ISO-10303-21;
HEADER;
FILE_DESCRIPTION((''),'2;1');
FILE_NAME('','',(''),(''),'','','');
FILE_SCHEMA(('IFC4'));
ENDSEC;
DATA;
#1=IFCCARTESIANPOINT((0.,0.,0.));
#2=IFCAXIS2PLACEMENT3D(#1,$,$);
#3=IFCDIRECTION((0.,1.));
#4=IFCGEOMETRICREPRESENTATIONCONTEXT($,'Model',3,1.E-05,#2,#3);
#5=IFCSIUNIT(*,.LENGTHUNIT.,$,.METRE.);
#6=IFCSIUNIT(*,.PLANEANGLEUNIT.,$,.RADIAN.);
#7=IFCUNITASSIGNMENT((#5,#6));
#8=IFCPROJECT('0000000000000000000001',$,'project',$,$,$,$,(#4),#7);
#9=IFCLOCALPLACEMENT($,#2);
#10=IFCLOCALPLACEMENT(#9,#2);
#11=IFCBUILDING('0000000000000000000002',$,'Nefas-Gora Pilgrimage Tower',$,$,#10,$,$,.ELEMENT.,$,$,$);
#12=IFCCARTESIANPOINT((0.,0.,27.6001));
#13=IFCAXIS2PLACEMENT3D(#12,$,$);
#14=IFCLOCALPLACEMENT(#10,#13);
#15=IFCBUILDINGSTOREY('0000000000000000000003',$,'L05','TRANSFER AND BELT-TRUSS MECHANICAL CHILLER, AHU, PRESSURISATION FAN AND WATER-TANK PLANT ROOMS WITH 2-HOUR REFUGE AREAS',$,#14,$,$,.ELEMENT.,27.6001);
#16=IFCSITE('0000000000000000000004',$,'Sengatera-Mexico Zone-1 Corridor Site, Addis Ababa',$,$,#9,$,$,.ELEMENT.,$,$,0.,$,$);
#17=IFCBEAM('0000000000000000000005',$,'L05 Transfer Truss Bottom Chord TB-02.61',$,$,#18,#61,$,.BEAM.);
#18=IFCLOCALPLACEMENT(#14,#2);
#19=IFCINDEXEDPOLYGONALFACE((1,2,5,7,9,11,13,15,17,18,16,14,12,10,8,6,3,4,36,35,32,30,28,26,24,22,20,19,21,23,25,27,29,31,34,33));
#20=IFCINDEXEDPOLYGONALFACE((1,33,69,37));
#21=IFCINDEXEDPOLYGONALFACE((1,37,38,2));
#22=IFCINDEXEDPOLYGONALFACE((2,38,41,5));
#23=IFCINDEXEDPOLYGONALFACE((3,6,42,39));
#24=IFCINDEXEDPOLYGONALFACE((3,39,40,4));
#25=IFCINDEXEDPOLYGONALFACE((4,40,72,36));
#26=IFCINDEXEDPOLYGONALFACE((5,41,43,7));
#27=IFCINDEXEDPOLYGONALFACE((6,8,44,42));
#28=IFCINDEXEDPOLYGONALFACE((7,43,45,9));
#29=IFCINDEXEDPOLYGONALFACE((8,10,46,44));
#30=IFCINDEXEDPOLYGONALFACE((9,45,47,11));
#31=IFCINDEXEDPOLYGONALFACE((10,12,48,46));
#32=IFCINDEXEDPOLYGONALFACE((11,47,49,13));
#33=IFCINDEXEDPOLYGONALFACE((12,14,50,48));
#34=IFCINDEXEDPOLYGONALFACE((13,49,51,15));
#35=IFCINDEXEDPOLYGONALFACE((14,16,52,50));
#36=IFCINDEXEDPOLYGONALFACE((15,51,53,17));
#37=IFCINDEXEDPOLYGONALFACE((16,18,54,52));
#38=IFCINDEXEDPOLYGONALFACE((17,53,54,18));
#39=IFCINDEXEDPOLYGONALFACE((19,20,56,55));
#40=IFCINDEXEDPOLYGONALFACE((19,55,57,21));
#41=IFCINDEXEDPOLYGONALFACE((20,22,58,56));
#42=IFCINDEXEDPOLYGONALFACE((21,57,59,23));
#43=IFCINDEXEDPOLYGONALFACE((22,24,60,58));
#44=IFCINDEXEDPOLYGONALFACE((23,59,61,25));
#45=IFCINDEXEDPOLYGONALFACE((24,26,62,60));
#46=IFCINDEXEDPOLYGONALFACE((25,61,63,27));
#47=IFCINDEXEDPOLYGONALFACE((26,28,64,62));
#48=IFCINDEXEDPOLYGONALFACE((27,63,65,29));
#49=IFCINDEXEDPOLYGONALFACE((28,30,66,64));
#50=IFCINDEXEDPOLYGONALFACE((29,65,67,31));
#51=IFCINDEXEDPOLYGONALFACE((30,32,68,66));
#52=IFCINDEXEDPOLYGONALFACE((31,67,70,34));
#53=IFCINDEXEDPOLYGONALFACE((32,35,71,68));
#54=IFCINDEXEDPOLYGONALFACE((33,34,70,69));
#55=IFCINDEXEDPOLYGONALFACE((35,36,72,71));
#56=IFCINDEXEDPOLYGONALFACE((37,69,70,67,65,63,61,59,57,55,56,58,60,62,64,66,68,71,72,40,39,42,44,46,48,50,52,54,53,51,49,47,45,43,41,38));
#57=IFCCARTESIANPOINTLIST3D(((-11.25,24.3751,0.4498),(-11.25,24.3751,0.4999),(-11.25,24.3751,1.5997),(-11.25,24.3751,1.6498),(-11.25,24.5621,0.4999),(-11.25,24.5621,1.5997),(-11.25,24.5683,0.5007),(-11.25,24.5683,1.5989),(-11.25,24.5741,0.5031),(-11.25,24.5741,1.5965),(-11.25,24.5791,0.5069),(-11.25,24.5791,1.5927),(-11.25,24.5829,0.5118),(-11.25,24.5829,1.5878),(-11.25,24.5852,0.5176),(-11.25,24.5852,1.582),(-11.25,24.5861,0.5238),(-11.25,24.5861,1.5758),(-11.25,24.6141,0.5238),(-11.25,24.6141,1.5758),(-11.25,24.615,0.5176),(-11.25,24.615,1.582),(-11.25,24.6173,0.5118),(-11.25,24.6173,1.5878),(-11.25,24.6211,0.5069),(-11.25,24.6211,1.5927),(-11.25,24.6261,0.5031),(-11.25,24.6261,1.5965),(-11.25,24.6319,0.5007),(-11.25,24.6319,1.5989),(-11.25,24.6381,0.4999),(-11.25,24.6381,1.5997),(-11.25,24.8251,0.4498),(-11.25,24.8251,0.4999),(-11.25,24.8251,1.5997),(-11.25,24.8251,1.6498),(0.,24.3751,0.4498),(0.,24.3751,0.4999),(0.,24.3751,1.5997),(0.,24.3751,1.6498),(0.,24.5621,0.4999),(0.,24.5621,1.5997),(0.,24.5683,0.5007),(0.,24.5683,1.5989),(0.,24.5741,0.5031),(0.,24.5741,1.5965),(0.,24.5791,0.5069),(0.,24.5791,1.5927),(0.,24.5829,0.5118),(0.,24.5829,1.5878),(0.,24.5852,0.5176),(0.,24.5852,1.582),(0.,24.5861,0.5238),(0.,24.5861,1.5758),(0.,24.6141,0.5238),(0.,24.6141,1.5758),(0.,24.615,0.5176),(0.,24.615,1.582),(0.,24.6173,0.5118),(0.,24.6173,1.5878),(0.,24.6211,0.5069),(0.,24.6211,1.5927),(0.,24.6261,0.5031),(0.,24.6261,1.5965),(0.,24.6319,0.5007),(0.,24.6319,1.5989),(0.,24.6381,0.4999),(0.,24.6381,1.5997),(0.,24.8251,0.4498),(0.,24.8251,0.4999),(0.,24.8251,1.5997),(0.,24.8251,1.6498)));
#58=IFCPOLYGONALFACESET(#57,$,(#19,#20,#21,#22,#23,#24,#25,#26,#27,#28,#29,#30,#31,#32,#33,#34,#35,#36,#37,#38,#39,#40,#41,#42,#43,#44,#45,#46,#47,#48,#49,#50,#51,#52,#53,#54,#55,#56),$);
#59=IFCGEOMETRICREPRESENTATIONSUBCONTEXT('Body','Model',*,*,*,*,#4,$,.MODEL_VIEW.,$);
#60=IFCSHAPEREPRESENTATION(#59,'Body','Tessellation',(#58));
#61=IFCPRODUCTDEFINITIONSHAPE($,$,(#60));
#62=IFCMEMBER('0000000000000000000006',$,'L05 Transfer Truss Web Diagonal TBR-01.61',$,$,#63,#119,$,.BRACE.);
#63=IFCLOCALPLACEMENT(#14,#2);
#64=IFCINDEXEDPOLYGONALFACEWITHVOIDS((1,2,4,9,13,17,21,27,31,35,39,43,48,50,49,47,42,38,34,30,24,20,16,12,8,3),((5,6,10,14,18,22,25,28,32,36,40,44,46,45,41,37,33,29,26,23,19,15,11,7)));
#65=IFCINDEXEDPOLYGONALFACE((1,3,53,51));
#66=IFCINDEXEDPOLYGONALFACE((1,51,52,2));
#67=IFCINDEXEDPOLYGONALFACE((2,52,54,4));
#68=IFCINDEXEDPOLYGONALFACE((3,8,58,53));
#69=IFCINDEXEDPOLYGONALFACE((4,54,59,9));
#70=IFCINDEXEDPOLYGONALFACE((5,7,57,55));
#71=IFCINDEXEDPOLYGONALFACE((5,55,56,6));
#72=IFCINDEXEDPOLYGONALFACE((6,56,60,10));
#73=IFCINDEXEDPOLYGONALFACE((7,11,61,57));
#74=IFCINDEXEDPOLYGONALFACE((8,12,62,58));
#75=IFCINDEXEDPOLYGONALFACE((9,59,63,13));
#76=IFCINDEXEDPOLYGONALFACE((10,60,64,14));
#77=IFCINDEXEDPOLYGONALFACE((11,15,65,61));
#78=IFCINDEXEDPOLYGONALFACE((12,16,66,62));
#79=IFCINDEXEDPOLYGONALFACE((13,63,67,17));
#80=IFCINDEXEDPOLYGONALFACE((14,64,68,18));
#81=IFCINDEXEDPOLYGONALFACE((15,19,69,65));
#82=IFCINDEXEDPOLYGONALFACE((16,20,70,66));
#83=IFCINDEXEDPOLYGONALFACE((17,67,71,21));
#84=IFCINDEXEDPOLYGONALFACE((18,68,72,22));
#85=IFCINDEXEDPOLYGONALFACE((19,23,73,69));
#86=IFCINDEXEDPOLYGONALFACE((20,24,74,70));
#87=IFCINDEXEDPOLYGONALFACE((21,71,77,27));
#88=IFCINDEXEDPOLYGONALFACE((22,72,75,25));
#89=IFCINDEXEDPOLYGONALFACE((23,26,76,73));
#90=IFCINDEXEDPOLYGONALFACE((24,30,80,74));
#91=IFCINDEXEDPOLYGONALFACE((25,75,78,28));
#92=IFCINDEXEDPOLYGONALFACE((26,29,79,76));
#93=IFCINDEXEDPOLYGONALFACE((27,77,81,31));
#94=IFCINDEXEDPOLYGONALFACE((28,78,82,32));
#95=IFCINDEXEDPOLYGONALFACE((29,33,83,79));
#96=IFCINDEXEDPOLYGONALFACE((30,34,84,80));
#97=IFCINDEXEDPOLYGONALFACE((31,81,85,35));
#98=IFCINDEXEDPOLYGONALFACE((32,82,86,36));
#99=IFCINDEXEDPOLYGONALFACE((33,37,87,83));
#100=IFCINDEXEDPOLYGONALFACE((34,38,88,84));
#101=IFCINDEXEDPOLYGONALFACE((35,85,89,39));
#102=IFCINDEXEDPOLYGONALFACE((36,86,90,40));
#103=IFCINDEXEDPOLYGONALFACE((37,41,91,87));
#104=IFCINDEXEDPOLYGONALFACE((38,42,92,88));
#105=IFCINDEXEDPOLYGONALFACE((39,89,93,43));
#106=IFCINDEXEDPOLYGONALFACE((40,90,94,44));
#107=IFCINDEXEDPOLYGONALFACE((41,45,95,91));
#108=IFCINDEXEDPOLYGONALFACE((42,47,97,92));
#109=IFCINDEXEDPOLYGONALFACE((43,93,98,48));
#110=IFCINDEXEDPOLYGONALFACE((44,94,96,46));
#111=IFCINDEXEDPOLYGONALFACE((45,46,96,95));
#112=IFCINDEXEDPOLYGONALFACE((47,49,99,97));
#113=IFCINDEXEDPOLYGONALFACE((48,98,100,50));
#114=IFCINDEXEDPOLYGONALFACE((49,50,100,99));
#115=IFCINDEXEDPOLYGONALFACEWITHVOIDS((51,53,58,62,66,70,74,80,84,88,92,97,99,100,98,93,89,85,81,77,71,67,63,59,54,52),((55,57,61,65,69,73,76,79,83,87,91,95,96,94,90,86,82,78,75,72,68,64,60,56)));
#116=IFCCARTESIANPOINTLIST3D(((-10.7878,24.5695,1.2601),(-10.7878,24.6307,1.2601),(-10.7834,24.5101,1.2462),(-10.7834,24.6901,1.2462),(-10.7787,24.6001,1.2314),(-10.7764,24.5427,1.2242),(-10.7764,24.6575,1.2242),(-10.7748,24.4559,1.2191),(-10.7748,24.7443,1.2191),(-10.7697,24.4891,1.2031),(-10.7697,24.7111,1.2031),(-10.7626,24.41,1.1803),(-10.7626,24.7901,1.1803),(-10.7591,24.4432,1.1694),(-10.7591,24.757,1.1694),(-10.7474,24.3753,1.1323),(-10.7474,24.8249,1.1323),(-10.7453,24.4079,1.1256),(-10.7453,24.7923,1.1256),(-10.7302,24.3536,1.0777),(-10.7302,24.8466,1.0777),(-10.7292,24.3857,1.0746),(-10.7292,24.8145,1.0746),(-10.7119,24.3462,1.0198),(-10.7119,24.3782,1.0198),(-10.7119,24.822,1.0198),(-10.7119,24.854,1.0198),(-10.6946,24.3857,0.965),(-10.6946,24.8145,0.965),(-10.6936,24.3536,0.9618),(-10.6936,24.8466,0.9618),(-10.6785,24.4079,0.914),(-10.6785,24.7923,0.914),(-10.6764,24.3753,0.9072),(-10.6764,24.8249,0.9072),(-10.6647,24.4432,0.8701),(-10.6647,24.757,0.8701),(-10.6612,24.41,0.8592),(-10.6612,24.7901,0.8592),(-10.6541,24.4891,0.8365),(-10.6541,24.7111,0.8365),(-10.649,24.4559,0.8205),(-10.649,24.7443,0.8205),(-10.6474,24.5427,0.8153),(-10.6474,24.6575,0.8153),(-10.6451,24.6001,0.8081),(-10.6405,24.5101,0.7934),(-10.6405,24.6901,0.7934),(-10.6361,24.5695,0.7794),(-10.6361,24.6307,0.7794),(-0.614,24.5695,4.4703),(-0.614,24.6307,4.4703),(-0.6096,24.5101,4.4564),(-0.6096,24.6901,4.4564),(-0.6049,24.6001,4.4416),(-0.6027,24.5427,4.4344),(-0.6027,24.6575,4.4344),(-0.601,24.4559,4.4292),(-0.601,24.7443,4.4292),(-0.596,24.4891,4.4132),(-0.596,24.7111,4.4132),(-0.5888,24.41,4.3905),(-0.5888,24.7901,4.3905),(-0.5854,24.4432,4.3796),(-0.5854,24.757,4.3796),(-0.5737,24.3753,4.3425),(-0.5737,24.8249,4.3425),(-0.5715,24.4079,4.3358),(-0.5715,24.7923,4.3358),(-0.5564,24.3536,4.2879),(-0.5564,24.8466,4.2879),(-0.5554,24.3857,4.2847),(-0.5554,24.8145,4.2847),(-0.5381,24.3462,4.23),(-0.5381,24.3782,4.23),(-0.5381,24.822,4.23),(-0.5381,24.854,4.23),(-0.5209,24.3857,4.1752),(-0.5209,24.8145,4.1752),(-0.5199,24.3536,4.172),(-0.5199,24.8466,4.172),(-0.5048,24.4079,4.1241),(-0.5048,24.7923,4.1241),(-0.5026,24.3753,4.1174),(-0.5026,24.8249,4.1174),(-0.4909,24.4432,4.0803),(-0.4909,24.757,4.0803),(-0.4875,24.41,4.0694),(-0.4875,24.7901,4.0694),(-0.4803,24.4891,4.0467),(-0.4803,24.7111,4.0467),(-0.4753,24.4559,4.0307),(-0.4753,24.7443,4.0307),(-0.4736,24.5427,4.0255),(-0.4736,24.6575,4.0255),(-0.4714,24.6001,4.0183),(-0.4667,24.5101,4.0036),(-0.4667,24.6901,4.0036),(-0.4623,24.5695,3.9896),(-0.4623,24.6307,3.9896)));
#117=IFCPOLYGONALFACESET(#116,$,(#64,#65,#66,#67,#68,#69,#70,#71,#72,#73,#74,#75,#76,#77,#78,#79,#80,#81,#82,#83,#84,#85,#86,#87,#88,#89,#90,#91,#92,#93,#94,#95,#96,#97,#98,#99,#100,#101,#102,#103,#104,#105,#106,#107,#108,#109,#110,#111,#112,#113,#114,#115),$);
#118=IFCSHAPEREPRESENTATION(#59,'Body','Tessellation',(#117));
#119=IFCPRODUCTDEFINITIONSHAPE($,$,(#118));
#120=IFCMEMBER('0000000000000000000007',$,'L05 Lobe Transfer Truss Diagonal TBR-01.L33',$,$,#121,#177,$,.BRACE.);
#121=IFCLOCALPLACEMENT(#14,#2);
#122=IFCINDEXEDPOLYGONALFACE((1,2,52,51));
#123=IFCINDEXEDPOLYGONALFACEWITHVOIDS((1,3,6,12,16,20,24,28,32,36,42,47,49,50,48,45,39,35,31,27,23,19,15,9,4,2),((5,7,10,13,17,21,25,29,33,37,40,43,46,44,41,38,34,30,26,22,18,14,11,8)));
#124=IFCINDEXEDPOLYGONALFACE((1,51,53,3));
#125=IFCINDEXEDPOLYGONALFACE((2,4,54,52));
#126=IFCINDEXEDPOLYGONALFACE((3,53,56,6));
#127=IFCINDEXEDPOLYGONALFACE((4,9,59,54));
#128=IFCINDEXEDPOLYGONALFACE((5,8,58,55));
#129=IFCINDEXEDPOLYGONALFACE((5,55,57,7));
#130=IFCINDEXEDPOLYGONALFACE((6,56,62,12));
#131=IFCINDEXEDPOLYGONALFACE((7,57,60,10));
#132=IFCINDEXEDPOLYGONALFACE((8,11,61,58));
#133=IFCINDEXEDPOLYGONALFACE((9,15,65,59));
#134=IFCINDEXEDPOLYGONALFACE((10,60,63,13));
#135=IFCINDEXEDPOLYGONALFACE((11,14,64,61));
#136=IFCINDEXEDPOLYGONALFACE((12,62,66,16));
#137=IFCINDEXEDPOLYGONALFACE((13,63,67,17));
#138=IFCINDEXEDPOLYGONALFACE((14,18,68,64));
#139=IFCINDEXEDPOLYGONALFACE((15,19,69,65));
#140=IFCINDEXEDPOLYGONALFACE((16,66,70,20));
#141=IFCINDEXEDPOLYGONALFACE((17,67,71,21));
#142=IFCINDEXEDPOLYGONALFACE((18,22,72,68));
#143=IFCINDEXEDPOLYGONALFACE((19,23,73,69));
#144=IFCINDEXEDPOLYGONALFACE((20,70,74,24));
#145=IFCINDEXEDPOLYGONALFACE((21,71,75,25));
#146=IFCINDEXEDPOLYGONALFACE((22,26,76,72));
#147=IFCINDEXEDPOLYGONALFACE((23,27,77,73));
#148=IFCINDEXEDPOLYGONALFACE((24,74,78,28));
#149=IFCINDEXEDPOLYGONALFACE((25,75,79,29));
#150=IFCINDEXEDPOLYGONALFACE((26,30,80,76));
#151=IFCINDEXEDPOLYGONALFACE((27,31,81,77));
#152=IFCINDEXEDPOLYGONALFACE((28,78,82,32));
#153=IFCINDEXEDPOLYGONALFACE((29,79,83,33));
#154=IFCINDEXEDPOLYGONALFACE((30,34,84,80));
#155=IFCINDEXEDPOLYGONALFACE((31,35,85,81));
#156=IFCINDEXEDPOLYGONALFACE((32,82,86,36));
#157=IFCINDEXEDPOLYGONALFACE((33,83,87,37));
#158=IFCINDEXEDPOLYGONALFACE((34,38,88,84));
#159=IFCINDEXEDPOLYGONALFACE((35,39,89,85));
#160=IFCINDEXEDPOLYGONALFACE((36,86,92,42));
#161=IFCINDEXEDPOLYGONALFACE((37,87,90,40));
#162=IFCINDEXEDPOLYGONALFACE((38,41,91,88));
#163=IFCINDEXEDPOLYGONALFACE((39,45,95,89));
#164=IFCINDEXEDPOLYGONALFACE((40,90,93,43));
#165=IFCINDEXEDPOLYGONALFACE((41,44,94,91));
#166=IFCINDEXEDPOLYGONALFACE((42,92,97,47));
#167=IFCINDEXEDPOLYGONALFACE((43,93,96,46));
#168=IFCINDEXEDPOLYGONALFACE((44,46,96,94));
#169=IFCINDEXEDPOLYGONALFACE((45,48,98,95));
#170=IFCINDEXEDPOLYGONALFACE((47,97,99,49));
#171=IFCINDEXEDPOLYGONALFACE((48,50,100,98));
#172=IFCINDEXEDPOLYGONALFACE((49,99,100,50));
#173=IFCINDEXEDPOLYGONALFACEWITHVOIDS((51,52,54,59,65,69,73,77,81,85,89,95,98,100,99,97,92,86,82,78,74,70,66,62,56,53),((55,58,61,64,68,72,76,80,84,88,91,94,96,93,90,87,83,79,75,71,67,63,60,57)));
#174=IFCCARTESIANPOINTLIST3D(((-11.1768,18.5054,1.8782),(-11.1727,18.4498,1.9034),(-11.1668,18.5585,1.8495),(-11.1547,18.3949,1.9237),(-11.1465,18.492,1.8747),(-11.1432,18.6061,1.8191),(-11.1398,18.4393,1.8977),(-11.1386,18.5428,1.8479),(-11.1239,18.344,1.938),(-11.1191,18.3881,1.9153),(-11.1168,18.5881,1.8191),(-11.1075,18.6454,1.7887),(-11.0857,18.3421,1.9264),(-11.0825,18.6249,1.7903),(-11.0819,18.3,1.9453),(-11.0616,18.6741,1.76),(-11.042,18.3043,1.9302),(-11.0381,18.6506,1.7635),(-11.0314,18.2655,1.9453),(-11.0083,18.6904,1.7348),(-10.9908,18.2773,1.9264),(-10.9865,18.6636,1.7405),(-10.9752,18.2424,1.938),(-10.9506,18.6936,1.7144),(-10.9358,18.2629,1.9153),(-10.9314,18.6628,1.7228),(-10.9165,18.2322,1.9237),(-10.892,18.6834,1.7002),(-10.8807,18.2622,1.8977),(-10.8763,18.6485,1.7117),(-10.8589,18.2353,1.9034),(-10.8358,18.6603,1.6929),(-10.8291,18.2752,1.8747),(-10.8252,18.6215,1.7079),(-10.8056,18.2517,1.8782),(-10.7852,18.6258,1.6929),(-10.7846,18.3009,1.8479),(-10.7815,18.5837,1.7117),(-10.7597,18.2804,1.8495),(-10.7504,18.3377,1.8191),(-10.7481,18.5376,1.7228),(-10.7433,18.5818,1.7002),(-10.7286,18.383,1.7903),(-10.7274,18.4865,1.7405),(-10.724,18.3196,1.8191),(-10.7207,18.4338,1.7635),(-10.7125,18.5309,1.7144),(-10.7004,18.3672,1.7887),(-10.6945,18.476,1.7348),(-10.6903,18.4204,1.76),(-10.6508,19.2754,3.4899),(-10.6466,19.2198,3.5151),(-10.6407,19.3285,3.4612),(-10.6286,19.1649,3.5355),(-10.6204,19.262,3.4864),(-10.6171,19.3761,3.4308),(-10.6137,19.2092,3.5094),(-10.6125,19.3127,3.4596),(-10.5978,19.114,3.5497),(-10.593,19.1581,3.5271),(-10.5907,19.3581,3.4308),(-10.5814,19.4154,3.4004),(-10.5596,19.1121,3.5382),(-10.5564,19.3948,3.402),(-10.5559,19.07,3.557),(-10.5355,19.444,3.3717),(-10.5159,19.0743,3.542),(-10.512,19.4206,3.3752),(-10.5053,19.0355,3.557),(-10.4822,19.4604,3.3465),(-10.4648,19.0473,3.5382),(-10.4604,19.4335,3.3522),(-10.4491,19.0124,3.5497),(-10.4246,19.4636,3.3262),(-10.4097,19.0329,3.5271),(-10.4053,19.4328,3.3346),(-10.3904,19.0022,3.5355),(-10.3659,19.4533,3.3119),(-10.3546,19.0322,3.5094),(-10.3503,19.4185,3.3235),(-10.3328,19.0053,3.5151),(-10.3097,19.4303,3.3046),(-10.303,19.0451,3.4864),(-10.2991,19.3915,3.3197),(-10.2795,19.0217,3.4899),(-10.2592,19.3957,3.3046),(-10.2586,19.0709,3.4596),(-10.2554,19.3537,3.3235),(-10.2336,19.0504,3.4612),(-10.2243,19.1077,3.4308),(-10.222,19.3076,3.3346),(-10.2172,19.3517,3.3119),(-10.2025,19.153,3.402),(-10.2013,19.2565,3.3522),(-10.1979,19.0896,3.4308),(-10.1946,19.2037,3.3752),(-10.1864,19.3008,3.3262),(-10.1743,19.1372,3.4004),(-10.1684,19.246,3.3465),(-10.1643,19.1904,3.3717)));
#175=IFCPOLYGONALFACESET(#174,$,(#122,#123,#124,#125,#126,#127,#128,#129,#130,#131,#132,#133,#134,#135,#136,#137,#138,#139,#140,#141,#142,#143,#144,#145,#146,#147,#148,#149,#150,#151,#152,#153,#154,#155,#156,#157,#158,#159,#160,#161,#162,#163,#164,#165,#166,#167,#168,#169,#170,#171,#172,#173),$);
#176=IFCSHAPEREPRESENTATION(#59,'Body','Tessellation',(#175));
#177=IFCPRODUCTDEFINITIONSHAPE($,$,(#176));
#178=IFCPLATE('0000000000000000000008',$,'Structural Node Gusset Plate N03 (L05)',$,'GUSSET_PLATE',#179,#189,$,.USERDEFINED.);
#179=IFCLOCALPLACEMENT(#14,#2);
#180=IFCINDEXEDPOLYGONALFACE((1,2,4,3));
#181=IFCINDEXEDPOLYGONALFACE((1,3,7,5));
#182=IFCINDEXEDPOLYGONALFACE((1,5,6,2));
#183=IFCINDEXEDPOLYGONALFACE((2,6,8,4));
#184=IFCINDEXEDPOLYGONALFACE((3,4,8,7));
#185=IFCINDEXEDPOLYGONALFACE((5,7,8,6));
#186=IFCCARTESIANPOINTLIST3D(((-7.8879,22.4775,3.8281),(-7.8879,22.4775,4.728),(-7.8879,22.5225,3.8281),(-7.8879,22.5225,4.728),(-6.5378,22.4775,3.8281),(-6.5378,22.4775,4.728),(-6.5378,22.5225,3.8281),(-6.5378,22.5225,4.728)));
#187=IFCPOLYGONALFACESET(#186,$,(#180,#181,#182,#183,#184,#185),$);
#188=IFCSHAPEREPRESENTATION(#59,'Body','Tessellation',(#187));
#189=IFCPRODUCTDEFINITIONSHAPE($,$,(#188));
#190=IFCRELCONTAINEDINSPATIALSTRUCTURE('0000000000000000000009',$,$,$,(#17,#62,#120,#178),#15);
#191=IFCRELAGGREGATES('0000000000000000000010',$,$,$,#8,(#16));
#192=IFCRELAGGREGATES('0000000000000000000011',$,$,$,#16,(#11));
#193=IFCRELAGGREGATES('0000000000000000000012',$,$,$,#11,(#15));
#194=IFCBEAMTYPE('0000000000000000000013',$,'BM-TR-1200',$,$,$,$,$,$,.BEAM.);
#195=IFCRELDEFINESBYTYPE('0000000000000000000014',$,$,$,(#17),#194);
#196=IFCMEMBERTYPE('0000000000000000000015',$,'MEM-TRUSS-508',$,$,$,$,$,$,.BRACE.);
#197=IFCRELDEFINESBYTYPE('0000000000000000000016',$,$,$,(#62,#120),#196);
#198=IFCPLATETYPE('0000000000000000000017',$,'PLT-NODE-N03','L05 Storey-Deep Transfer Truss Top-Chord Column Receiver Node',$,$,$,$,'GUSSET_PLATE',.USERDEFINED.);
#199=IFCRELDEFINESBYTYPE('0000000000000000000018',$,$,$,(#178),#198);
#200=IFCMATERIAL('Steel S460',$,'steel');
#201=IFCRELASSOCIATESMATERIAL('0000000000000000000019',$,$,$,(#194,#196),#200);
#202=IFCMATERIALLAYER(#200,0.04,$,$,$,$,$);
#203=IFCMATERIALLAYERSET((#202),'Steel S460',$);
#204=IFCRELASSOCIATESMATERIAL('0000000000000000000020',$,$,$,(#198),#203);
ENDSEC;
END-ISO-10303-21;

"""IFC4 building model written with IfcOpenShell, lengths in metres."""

from ifc_helpers import new_model, si_unit, direction, frame, origin, origin_2d, place, context, subcontext, project, spatial, rectangle, hollow_circle, i_section, extrude, source, transform, mapped, material, layer, layer_set, material_profile, profile_set, type_object, element, save


model = new_model("IFC4")

# Units and contexts
model_context = context("Model", 3, precision=1e-05, world=origin(), true_north=direction((0.0, 1.0)))
body_context = subcontext(model_context, "Body", "Model", "MODEL_VIEW")
ifc_project = project(units=[si_unit("LENGTHUNIT", "METRE"), si_unit("PLANEANGLEUNIT", "RADIAN")], contexts=[model_context])

# Site, building, storey
site_placement = place(None, origin())
site = spatial("IfcSite", under=ifc_project, at=site_placement, Name="Sengatera-Mexico Zone-1 Corridor Site, Addis Ababa", CompositionType="ELEMENT", RefElevation=0.0)
building_placement = place(site_placement, origin())
building = spatial("IfcBuilding", under=site, at=building_placement, Name="Nefas-Gora Pilgrimage Tower", CompositionType="ELEMENT")
storey_placement = place(building_placement, frame((0.0, 0.0, 27.6001)))
storey = spatial("IfcBuildingStorey", under=building, at=storey_placement, Name="L05", Description="TRANSFER AND BELT-TRUSS MECHANICAL CHILLER, AHU, PRESSURISATION FAN AND WATER-TANK PLANT ROOMS WITH 2-HOUR REFUGE AREAS", CompositionType="ELEMENT", Elevation=27.6001)

# Shared definitions
ifc_material = material(Name="Steel S460", Category="steel")

# Shared definitions
ifc_material_profile_1 = material_profile(ifc_material, i_section(OverallWidth=0.45, OverallDepth=1.2, WebThickness=0.0281, FlangeThickness=0.05, FilletRadius=0.0239, at=origin_2d()), Name="WPG 1200x450x28x50")
ifc_profile_set_1 = profile_set([ifc_material_profile_1], Name="Steel S460")
beam_type_1 = type_object("IfcBeamType", Name="BM-TR-1200", PredefinedType="BEAM", material=ifc_profile_set_1)

# Shared definitions
ifc_material_profile_2 = material_profile(ifc_material, hollow_circle(Radius=0.2539, WallThickness=0.032, at=origin_2d()), Name="CHS 508x32")
ifc_profile_set_2 = profile_set([ifc_material_profile_2], Name="Steel S460")
member_type = type_object("IfcMemberType", Name="MEM-TRUSS-508", PredefinedType="BRACE", material=ifc_profile_set_2)

# Beam
shared_shape_1 = source(origin(), body_context, "Body", "SweptSolid", [
    extrude(i_section(OverallWidth=0.45, OverallDepth=1.2, WebThickness=0.0281, FlangeThickness=0.05, FilletRadius=0.0239, at=origin_2d()), origin(), (0.0, 0.0, 1.0), 11.25),
])
beam_1_placement = place(storey_placement, frame((-11.25, 24.6001, 1.0498), z_axis=(1.0, 0.0, 0.0), x_axis=(0.0, 1.0, 0.0)))
element("IfcBeam", 1, at=beam_1_placement, inside=storey, type_object=beam_type_1, Name="L05 Transfer Truss Bottom Chord TB-02.61", PredefinedType="BEAM", context=body_context, shape_type="MappedRepresentation", body=[
    mapped(shared_shape_1, transform((0.0, 0.0, 0.0), x_axis=(1.0, 0.0, 0.0), y_axis=(0.0, 1.0, 0.0), z_axis=(0.0, 0.0, 1.0), scale=1.0)),
])

# Members
shared_shape_2 = source(origin(), body_context, "Body", "SweptSolid", [
    extrude(hollow_circle(Radius=0.2539, WallThickness=0.032, at=origin_2d()), origin(), (0.0, 0.0, 1.0), 10.6682),
])
member_1_placement = place(storey_placement, frame((-10.7119, 24.6001, 1.0198), z_axis=(0.953652, 0.0, 0.300911), x_axis=(0.0, 1.0, 0.0)))
element("IfcMember", 2, at=member_1_placement, inside=storey, type_object=member_type, Name="L05 Transfer Truss Web Diagonal TBR-01.61", PredefinedType="BRACE", context=body_context, shape_type="MappedRepresentation", body=[
    mapped(shared_shape_2, transform((0.0, 0.0, 0.0), x_axis=(1.0, 0.0, 0.0), y_axis=(0.0, 1.0, 0.0), z_axis=(0.0, 0.0, 1.0), scale=1.0)),
])
shared_shape_3 = source(origin(), body_context, "Body", "SweptSolid", [
    extrude(hollow_circle(Radius=0.2539, WallThickness=0.032, at=origin_2d()), origin(), (0.0, 0.0, 1.0), 1.8621),
])
member_2_placement = place(storey_placement, frame((-10.9336, 18.4629, 1.8191), z_axis=(0.282532, 0.413506, 0.865557), x_axis=(-0.825673, 0.564149, 0.0)))
element("IfcMember", 3, at=member_2_placement, inside=storey, type_object=member_type, Name="L05 Lobe Transfer Truss Diagonal TBR-01.L33", PredefinedType="BRACE", context=body_context, shape_type="MappedRepresentation", body=[
    mapped(shared_shape_3, transform((0.0, 0.0, 0.0), x_axis=(1.0, 0.0, 0.0), y_axis=(0.0, 1.0, 0.0), z_axis=(0.0, 0.0, 1.0), scale=1.0)),
])

# Plate
ifc_layer_1 = layer(ifc_material, 0.04)
ifc_layer_set_1 = layer_set([ifc_layer_1], Name="Steel S460")
plate_type_1 = type_object("IfcPlateType", Name="PLT-NODE-N03", Description="L05 Storey-Deep Transfer Truss Top-Chord Column Receiver Node", ElementType="GUSSET_PLATE", PredefinedType="USERDEFINED", material=ifc_layer_set_1)
shared_shape_4 = source(origin(), body_context, "Body", "SweptSolid", [
    extrude(rectangle(XDim=1.3501, YDim=0.0449, at=origin_2d()), origin(), (0.0, 0.0, 1.0), 0.8999),
])
plate_1_placement = place(storey_placement, frame((-7.2129, 22.5, 3.8281), z_axis=(0.0, 0.0, 1.0), x_axis=(1.0, 0.0, 0.0)))
element("IfcPlate", 4, at=plate_1_placement, inside=storey, type_object=plate_type_1, Name="Structural Node Gusset Plate N03 (L05)", ObjectType="GUSSET_PLATE", PredefinedType="USERDEFINED", context=body_context, shape_type="MappedRepresentation", body=[
    mapped(shared_shape_4, transform((0.0, 0.0, 0.0), x_axis=(1.0, 0.0, 0.0), y_axis=(0.0, 1.0, 0.0), z_axis=(0.0, 0.0, 1.0), scale=1.0)),
])

save(model, "model.ifc")
